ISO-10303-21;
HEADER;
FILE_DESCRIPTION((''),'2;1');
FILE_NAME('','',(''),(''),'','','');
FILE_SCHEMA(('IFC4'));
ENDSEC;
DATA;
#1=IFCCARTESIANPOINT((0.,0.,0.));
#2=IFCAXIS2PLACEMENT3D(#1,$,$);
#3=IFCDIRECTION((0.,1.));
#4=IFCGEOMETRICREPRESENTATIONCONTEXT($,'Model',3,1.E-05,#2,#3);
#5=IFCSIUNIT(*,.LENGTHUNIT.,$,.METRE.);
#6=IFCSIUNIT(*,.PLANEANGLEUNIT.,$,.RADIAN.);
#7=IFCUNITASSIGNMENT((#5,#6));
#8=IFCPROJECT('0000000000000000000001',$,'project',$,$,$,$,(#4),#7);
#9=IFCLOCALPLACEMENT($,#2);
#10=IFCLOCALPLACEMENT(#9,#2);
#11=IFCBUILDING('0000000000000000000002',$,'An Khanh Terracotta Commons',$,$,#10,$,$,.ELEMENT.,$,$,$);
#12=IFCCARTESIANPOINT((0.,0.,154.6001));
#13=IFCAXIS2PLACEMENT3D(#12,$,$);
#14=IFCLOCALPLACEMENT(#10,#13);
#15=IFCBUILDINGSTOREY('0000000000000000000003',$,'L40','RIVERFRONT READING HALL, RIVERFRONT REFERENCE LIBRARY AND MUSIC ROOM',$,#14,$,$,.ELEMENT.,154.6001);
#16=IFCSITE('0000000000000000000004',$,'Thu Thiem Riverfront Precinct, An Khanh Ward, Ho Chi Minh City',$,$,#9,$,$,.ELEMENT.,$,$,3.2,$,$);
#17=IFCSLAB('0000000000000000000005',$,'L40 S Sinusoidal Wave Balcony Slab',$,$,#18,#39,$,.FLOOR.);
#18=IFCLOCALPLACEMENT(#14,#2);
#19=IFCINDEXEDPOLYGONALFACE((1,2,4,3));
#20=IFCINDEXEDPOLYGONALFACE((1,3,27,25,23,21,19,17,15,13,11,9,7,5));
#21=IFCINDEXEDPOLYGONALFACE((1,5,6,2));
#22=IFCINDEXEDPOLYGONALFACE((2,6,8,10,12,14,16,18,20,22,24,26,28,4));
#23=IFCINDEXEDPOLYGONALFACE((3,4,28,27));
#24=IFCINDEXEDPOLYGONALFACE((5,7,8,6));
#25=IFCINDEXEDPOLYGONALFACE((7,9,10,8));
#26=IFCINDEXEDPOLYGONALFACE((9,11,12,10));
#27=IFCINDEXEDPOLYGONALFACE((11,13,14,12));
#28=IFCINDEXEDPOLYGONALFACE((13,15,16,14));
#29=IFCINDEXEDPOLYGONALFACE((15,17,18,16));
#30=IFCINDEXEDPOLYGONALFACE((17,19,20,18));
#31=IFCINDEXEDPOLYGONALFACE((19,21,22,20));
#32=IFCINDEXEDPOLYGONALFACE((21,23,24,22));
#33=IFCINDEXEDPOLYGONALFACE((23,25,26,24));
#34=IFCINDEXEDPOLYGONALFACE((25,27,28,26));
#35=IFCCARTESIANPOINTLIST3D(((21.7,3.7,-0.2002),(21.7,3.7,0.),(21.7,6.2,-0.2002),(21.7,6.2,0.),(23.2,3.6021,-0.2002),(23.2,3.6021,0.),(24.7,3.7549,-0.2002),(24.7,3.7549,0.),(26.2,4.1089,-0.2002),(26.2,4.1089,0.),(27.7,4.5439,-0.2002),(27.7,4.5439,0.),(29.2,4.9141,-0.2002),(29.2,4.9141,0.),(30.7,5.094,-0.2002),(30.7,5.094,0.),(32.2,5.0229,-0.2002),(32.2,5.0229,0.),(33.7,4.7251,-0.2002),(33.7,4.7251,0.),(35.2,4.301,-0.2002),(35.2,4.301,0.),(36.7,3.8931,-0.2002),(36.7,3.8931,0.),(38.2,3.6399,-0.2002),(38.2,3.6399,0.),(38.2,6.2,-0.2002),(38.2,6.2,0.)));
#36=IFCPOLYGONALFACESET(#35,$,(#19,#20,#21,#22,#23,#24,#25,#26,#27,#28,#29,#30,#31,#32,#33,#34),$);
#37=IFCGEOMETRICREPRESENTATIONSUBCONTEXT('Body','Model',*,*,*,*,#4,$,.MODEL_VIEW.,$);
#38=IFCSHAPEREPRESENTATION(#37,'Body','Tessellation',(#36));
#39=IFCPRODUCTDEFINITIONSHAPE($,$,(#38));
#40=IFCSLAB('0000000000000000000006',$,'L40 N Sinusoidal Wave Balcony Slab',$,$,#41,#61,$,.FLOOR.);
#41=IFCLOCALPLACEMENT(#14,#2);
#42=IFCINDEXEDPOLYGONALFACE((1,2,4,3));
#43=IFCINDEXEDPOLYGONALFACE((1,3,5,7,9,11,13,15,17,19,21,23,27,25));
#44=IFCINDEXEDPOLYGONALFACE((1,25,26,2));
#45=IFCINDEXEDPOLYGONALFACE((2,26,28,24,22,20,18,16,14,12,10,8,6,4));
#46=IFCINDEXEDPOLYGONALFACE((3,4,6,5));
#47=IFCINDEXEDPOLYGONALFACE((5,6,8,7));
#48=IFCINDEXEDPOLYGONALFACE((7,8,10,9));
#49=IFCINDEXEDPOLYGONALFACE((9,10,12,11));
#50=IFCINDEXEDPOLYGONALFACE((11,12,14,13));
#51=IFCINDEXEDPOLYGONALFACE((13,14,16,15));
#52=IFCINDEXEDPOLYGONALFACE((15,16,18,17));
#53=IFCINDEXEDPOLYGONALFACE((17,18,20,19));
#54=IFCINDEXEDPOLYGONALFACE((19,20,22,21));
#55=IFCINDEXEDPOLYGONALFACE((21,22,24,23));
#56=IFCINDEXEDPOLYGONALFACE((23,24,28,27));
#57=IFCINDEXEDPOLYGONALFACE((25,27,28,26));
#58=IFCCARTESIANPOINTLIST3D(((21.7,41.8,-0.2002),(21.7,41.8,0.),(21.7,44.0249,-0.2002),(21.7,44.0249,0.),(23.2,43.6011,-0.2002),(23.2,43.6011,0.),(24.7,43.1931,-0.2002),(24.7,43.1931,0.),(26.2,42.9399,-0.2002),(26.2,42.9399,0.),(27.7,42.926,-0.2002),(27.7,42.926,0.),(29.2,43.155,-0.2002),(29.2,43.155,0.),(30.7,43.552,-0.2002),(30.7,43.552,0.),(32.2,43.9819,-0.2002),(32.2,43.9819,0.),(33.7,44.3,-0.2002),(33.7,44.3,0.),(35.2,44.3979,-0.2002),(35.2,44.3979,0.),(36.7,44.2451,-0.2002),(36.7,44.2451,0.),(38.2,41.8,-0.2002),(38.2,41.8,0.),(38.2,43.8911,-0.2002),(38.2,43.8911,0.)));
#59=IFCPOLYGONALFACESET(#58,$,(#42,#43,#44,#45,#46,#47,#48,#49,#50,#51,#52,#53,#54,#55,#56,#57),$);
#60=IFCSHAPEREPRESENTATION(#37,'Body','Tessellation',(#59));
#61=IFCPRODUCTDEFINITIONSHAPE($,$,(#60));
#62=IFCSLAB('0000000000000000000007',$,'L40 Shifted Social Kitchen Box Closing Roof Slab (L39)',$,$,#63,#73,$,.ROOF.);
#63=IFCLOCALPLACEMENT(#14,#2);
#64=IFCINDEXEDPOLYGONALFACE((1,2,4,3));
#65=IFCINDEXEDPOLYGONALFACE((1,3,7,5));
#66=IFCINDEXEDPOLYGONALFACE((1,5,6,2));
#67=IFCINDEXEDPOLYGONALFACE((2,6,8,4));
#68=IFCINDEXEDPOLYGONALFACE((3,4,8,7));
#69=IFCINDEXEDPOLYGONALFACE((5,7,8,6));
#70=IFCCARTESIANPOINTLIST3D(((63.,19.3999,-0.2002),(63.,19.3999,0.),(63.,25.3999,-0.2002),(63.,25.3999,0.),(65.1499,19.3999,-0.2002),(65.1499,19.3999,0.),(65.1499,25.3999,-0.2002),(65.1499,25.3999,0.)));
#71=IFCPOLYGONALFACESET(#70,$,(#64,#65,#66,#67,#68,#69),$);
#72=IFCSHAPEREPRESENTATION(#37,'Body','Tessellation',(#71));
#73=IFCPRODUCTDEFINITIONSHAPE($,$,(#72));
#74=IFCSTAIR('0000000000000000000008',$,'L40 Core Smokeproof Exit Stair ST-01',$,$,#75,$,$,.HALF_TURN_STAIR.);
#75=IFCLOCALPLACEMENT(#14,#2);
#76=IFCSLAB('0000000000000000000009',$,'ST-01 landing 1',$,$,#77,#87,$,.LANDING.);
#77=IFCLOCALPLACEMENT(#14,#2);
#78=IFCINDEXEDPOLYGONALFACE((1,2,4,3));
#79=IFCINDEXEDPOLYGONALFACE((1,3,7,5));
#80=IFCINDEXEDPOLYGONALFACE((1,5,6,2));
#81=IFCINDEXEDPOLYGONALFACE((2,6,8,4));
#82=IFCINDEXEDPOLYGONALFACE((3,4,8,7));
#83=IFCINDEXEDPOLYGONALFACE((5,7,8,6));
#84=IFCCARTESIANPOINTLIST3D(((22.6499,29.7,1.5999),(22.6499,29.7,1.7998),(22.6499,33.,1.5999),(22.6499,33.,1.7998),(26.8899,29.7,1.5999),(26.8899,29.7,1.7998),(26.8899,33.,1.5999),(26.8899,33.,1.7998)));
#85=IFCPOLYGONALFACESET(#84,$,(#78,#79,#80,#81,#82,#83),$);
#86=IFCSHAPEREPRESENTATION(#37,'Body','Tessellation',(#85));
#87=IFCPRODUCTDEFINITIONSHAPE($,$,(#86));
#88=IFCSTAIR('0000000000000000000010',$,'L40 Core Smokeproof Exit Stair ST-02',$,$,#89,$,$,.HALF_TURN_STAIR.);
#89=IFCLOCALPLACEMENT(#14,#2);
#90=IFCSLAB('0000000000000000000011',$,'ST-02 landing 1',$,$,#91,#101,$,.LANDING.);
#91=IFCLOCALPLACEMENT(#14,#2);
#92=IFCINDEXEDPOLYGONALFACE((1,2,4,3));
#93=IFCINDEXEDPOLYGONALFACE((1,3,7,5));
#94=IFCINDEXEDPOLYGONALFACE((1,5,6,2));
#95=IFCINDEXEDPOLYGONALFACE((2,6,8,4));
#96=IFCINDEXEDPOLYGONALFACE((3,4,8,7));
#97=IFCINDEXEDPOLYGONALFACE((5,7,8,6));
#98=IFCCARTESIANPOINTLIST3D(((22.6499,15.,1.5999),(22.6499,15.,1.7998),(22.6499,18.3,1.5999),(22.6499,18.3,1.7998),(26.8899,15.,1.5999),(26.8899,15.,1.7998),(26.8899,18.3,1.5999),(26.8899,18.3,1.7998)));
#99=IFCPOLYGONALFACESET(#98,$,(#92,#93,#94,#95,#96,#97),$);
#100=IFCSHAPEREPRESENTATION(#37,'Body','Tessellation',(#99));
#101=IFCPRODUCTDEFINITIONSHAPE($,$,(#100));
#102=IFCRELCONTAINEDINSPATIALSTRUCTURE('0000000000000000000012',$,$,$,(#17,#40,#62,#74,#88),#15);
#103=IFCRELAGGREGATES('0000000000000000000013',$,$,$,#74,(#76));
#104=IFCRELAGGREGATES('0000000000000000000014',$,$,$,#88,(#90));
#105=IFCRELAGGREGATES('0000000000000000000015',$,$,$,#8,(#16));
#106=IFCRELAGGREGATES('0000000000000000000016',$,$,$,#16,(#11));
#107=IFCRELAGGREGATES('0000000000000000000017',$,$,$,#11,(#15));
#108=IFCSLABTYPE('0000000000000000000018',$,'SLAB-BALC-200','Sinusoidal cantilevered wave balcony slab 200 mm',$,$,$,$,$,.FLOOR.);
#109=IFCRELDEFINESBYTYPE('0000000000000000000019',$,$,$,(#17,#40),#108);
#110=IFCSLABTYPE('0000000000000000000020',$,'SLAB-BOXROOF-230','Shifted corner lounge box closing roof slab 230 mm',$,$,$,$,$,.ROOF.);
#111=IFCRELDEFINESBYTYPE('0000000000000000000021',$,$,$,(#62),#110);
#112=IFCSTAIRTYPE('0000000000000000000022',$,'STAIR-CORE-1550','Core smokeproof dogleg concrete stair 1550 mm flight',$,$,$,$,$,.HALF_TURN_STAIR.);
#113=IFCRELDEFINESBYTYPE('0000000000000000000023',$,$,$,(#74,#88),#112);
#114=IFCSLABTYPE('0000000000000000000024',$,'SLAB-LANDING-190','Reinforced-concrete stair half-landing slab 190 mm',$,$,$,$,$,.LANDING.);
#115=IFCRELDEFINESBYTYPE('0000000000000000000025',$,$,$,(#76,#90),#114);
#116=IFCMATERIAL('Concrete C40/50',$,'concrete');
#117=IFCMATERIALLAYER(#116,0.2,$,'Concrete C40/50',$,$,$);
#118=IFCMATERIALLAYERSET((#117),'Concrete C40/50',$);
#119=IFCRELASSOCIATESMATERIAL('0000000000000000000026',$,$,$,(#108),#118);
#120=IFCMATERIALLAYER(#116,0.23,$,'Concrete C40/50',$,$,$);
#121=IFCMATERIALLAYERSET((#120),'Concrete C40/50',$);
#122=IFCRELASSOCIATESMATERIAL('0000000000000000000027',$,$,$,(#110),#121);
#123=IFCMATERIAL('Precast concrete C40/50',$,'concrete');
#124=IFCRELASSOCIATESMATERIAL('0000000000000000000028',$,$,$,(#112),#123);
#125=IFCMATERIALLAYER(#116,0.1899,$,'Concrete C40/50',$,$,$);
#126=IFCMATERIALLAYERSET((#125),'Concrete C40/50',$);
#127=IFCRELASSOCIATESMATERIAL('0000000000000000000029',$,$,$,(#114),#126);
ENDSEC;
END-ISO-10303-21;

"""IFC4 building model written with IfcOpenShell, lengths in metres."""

from ifc_helpers import new_model, si_unit, direction, frame, origin, place, context, subcontext, project, spatial, polyline, outline, extrude, material, layer, layer_set, type_object, element, aggregate, save


model = new_model("IFC4")

# Units and contexts
model_context = context("Model", 3, precision=1e-05, world=origin(), true_north=direction((0.0, 1.0)))
body_context = subcontext(model_context, "Body", "Model", "MODEL_VIEW")
ifc_project = project(units=[si_unit("LENGTHUNIT", "METRE"), si_unit("PLANEANGLEUNIT", "RADIAN")], contexts=[model_context])

# Site, building, storey
site_placement = place(None, origin())
site = spatial("IfcSite", under=ifc_project, at=site_placement, Name="Thu Thiem Riverfront Precinct, An Khanh Ward, Ho Chi Minh City", CompositionType="ELEMENT", RefElevation=3.2)
building_placement = place(site_placement, origin())
building = spatial("IfcBuilding", under=site, at=building_placement, Name="An Khanh Terracotta Commons", CompositionType="ELEMENT")
storey_placement = place(building_placement, frame((0.0, 0.0, 154.6001)))
storey = spatial("IfcBuildingStorey", under=building, at=storey_placement, Name="L40", Description="RIVERFRONT READING HALL, RIVERFRONT REFERENCE LIBRARY AND MUSIC ROOM", CompositionType="ELEMENT", Elevation=154.6001)

# Slabs
ifc_material_1 = material(Name="Concrete C40/50", Category="concrete")
ifc_layer_1 = layer(ifc_material_1, 0.2, Name="Concrete C40/50")
ifc_layer_set_1 = layer_set([ifc_layer_1], Name="Concrete C40/50")
slab_type_1 = type_object("IfcSlabType", Name="SLAB-BALC-200", Description="Sinusoidal cantilevered wave balcony slab 200 mm", PredefinedType="FLOOR", material=ifc_layer_set_1)
slab_1_placement = place(storey_placement, frame((0.0, 0.0, -0.2002)))
element("IfcSlab", 1, at=slab_1_placement, inside=storey, type_object=slab_type_1, Name="L40 S Sinusoidal Wave Balcony Slab", PredefinedType="FLOOR", context=body_context, shape_type="SweptSolid", body=[
    extrude(outline(polyline([(21.7, 6.2), (21.7, 3.7), (23.2, 3.6021), (24.7, 3.7549), (26.2, 4.1089), (27.7, 4.5439), (29.2, 4.9141), (30.7, 5.094), (32.2, 5.0229), (33.7, 4.7251), (35.2, 4.301), (36.7, 3.8931), (38.2, 3.6399), (38.2, 6.2), (21.7, 6.2)])), origin(), (0.0, 0.0, 1.0), 0.2002),
])
slab_2_placement = place(storey_placement, frame((0.0, 0.0, -0.2002)))
element("IfcSlab", 2, at=slab_2_placement, inside=storey, type_object=slab_type_1, Name="L40 N Sinusoidal Wave Balcony Slab", PredefinedType="FLOOR", context=body_context, shape_type="SweptSolid", body=[
    extrude(outline(polyline([(38.2, 41.8), (38.2, 43.8911), (36.7, 44.2451), (35.2, 44.3979), (33.7, 44.3), (32.2, 43.9819), (30.7, 43.552), (29.2, 43.155), (27.7, 42.926), (26.2, 42.9399), (24.7, 43.1931), (23.2, 43.6011), (21.7, 44.0249), (21.7, 41.8), (38.2, 41.8)])), origin(), (0.0, 0.0, 1.0), 0.2002),
])
ifc_layer_2 = layer(ifc_material_1, 0.23, Name="Concrete C40/50")
ifc_layer_set_2 = layer_set([ifc_layer_2], Name="Concrete C40/50")
slab_type_2 = type_object("IfcSlabType", Name="SLAB-BOXROOF-230", Description="Shifted corner lounge box closing roof slab 230 mm", PredefinedType="ROOF", material=ifc_layer_set_2)
slab_3_placement = place(storey_placement, frame((0.0, 0.0, -0.2002)))
element("IfcSlab", 3, at=slab_3_placement, inside=storey, type_object=slab_type_2, Name="L40 Shifted Social Kitchen Box Closing Roof Slab (L39)", PredefinedType="ROOF", context=body_context, shape_type="SweptSolid", body=[
    extrude(outline(polyline([(63.0, 19.3999), (65.1499, 19.3999), (65.1499, 25.3999), (63.0, 25.3999), (63.0, 19.3999)])), origin(), (0.0, 0.0, 1.0), 0.2002),
])

# Stairs, slabs
ifc_material_2 = material(Name="Precast concrete C40/50", Category="concrete")
stair_type = type_object("IfcStairType", Name="STAIR-CORE-1550", Description="Core smokeproof dogleg concrete stair 1550 mm flight", PredefinedType="HALF_TURN_STAIR", material=ifc_material_2)
stair_1_placement = place(storey_placement, origin())
stair_1 = element("IfcStair", 4, at=stair_1_placement, inside=storey, type_object=stair_type, Name="L40 Core Smokeproof Exit Stair ST-01", PredefinedType="HALF_TURN_STAIR")
ifc_layer_3 = layer(ifc_material_1, 0.1899, Name="Concrete C40/50")
ifc_layer_set_3 = layer_set([ifc_layer_3], Name="Concrete C40/50")
slab_type_3 = type_object("IfcSlabType", Name="SLAB-LANDING-190", Description="Reinforced-concrete stair half-landing slab 190 mm", PredefinedType="LANDING", material=ifc_layer_set_3)
slab_4_placement = place(storey_placement, frame((0.0, 0.0, 1.5999)))
slab_4 = element("IfcSlab", 5, at=slab_4_placement, type_object=slab_type_3, Name="ST-01 landing 1", PredefinedType="LANDING", context=body_context, shape_type="SweptSolid", body=[
    extrude(outline(polyline([(26.8899, 33.0), (22.6499, 33.0), (22.6499, 29.7), (26.8899, 29.7), (26.8899, 33.0)])), origin(), (0.0, 0.0, 1.0), 0.2),
])
aggregate(stair_1, [slab_4])
stair_2_placement = place(storey_placement, origin())
stair_2 = element("IfcStair", 6, at=stair_2_placement, inside=storey, type_object=stair_type, Name="L40 Core Smokeproof Exit Stair ST-02", PredefinedType="HALF_TURN_STAIR")
slab_5_placement = place(storey_placement, frame((0.0, 0.0, 1.5999)))
slab_5 = element("IfcSlab", 7, at=slab_5_placement, type_object=slab_type_3, Name="ST-02 landing 1", PredefinedType="LANDING", context=body_context, shape_type="SweptSolid", body=[
    extrude(outline(polyline([(26.8899, 18.3), (22.6499, 18.3), (22.6499, 15.0), (26.8899, 15.0), (26.8899, 18.3)])), origin(), (0.0, 0.0, 1.0), 0.2),
])
aggregate(stair_2, [slab_5])

save(model, "model.ifc")
